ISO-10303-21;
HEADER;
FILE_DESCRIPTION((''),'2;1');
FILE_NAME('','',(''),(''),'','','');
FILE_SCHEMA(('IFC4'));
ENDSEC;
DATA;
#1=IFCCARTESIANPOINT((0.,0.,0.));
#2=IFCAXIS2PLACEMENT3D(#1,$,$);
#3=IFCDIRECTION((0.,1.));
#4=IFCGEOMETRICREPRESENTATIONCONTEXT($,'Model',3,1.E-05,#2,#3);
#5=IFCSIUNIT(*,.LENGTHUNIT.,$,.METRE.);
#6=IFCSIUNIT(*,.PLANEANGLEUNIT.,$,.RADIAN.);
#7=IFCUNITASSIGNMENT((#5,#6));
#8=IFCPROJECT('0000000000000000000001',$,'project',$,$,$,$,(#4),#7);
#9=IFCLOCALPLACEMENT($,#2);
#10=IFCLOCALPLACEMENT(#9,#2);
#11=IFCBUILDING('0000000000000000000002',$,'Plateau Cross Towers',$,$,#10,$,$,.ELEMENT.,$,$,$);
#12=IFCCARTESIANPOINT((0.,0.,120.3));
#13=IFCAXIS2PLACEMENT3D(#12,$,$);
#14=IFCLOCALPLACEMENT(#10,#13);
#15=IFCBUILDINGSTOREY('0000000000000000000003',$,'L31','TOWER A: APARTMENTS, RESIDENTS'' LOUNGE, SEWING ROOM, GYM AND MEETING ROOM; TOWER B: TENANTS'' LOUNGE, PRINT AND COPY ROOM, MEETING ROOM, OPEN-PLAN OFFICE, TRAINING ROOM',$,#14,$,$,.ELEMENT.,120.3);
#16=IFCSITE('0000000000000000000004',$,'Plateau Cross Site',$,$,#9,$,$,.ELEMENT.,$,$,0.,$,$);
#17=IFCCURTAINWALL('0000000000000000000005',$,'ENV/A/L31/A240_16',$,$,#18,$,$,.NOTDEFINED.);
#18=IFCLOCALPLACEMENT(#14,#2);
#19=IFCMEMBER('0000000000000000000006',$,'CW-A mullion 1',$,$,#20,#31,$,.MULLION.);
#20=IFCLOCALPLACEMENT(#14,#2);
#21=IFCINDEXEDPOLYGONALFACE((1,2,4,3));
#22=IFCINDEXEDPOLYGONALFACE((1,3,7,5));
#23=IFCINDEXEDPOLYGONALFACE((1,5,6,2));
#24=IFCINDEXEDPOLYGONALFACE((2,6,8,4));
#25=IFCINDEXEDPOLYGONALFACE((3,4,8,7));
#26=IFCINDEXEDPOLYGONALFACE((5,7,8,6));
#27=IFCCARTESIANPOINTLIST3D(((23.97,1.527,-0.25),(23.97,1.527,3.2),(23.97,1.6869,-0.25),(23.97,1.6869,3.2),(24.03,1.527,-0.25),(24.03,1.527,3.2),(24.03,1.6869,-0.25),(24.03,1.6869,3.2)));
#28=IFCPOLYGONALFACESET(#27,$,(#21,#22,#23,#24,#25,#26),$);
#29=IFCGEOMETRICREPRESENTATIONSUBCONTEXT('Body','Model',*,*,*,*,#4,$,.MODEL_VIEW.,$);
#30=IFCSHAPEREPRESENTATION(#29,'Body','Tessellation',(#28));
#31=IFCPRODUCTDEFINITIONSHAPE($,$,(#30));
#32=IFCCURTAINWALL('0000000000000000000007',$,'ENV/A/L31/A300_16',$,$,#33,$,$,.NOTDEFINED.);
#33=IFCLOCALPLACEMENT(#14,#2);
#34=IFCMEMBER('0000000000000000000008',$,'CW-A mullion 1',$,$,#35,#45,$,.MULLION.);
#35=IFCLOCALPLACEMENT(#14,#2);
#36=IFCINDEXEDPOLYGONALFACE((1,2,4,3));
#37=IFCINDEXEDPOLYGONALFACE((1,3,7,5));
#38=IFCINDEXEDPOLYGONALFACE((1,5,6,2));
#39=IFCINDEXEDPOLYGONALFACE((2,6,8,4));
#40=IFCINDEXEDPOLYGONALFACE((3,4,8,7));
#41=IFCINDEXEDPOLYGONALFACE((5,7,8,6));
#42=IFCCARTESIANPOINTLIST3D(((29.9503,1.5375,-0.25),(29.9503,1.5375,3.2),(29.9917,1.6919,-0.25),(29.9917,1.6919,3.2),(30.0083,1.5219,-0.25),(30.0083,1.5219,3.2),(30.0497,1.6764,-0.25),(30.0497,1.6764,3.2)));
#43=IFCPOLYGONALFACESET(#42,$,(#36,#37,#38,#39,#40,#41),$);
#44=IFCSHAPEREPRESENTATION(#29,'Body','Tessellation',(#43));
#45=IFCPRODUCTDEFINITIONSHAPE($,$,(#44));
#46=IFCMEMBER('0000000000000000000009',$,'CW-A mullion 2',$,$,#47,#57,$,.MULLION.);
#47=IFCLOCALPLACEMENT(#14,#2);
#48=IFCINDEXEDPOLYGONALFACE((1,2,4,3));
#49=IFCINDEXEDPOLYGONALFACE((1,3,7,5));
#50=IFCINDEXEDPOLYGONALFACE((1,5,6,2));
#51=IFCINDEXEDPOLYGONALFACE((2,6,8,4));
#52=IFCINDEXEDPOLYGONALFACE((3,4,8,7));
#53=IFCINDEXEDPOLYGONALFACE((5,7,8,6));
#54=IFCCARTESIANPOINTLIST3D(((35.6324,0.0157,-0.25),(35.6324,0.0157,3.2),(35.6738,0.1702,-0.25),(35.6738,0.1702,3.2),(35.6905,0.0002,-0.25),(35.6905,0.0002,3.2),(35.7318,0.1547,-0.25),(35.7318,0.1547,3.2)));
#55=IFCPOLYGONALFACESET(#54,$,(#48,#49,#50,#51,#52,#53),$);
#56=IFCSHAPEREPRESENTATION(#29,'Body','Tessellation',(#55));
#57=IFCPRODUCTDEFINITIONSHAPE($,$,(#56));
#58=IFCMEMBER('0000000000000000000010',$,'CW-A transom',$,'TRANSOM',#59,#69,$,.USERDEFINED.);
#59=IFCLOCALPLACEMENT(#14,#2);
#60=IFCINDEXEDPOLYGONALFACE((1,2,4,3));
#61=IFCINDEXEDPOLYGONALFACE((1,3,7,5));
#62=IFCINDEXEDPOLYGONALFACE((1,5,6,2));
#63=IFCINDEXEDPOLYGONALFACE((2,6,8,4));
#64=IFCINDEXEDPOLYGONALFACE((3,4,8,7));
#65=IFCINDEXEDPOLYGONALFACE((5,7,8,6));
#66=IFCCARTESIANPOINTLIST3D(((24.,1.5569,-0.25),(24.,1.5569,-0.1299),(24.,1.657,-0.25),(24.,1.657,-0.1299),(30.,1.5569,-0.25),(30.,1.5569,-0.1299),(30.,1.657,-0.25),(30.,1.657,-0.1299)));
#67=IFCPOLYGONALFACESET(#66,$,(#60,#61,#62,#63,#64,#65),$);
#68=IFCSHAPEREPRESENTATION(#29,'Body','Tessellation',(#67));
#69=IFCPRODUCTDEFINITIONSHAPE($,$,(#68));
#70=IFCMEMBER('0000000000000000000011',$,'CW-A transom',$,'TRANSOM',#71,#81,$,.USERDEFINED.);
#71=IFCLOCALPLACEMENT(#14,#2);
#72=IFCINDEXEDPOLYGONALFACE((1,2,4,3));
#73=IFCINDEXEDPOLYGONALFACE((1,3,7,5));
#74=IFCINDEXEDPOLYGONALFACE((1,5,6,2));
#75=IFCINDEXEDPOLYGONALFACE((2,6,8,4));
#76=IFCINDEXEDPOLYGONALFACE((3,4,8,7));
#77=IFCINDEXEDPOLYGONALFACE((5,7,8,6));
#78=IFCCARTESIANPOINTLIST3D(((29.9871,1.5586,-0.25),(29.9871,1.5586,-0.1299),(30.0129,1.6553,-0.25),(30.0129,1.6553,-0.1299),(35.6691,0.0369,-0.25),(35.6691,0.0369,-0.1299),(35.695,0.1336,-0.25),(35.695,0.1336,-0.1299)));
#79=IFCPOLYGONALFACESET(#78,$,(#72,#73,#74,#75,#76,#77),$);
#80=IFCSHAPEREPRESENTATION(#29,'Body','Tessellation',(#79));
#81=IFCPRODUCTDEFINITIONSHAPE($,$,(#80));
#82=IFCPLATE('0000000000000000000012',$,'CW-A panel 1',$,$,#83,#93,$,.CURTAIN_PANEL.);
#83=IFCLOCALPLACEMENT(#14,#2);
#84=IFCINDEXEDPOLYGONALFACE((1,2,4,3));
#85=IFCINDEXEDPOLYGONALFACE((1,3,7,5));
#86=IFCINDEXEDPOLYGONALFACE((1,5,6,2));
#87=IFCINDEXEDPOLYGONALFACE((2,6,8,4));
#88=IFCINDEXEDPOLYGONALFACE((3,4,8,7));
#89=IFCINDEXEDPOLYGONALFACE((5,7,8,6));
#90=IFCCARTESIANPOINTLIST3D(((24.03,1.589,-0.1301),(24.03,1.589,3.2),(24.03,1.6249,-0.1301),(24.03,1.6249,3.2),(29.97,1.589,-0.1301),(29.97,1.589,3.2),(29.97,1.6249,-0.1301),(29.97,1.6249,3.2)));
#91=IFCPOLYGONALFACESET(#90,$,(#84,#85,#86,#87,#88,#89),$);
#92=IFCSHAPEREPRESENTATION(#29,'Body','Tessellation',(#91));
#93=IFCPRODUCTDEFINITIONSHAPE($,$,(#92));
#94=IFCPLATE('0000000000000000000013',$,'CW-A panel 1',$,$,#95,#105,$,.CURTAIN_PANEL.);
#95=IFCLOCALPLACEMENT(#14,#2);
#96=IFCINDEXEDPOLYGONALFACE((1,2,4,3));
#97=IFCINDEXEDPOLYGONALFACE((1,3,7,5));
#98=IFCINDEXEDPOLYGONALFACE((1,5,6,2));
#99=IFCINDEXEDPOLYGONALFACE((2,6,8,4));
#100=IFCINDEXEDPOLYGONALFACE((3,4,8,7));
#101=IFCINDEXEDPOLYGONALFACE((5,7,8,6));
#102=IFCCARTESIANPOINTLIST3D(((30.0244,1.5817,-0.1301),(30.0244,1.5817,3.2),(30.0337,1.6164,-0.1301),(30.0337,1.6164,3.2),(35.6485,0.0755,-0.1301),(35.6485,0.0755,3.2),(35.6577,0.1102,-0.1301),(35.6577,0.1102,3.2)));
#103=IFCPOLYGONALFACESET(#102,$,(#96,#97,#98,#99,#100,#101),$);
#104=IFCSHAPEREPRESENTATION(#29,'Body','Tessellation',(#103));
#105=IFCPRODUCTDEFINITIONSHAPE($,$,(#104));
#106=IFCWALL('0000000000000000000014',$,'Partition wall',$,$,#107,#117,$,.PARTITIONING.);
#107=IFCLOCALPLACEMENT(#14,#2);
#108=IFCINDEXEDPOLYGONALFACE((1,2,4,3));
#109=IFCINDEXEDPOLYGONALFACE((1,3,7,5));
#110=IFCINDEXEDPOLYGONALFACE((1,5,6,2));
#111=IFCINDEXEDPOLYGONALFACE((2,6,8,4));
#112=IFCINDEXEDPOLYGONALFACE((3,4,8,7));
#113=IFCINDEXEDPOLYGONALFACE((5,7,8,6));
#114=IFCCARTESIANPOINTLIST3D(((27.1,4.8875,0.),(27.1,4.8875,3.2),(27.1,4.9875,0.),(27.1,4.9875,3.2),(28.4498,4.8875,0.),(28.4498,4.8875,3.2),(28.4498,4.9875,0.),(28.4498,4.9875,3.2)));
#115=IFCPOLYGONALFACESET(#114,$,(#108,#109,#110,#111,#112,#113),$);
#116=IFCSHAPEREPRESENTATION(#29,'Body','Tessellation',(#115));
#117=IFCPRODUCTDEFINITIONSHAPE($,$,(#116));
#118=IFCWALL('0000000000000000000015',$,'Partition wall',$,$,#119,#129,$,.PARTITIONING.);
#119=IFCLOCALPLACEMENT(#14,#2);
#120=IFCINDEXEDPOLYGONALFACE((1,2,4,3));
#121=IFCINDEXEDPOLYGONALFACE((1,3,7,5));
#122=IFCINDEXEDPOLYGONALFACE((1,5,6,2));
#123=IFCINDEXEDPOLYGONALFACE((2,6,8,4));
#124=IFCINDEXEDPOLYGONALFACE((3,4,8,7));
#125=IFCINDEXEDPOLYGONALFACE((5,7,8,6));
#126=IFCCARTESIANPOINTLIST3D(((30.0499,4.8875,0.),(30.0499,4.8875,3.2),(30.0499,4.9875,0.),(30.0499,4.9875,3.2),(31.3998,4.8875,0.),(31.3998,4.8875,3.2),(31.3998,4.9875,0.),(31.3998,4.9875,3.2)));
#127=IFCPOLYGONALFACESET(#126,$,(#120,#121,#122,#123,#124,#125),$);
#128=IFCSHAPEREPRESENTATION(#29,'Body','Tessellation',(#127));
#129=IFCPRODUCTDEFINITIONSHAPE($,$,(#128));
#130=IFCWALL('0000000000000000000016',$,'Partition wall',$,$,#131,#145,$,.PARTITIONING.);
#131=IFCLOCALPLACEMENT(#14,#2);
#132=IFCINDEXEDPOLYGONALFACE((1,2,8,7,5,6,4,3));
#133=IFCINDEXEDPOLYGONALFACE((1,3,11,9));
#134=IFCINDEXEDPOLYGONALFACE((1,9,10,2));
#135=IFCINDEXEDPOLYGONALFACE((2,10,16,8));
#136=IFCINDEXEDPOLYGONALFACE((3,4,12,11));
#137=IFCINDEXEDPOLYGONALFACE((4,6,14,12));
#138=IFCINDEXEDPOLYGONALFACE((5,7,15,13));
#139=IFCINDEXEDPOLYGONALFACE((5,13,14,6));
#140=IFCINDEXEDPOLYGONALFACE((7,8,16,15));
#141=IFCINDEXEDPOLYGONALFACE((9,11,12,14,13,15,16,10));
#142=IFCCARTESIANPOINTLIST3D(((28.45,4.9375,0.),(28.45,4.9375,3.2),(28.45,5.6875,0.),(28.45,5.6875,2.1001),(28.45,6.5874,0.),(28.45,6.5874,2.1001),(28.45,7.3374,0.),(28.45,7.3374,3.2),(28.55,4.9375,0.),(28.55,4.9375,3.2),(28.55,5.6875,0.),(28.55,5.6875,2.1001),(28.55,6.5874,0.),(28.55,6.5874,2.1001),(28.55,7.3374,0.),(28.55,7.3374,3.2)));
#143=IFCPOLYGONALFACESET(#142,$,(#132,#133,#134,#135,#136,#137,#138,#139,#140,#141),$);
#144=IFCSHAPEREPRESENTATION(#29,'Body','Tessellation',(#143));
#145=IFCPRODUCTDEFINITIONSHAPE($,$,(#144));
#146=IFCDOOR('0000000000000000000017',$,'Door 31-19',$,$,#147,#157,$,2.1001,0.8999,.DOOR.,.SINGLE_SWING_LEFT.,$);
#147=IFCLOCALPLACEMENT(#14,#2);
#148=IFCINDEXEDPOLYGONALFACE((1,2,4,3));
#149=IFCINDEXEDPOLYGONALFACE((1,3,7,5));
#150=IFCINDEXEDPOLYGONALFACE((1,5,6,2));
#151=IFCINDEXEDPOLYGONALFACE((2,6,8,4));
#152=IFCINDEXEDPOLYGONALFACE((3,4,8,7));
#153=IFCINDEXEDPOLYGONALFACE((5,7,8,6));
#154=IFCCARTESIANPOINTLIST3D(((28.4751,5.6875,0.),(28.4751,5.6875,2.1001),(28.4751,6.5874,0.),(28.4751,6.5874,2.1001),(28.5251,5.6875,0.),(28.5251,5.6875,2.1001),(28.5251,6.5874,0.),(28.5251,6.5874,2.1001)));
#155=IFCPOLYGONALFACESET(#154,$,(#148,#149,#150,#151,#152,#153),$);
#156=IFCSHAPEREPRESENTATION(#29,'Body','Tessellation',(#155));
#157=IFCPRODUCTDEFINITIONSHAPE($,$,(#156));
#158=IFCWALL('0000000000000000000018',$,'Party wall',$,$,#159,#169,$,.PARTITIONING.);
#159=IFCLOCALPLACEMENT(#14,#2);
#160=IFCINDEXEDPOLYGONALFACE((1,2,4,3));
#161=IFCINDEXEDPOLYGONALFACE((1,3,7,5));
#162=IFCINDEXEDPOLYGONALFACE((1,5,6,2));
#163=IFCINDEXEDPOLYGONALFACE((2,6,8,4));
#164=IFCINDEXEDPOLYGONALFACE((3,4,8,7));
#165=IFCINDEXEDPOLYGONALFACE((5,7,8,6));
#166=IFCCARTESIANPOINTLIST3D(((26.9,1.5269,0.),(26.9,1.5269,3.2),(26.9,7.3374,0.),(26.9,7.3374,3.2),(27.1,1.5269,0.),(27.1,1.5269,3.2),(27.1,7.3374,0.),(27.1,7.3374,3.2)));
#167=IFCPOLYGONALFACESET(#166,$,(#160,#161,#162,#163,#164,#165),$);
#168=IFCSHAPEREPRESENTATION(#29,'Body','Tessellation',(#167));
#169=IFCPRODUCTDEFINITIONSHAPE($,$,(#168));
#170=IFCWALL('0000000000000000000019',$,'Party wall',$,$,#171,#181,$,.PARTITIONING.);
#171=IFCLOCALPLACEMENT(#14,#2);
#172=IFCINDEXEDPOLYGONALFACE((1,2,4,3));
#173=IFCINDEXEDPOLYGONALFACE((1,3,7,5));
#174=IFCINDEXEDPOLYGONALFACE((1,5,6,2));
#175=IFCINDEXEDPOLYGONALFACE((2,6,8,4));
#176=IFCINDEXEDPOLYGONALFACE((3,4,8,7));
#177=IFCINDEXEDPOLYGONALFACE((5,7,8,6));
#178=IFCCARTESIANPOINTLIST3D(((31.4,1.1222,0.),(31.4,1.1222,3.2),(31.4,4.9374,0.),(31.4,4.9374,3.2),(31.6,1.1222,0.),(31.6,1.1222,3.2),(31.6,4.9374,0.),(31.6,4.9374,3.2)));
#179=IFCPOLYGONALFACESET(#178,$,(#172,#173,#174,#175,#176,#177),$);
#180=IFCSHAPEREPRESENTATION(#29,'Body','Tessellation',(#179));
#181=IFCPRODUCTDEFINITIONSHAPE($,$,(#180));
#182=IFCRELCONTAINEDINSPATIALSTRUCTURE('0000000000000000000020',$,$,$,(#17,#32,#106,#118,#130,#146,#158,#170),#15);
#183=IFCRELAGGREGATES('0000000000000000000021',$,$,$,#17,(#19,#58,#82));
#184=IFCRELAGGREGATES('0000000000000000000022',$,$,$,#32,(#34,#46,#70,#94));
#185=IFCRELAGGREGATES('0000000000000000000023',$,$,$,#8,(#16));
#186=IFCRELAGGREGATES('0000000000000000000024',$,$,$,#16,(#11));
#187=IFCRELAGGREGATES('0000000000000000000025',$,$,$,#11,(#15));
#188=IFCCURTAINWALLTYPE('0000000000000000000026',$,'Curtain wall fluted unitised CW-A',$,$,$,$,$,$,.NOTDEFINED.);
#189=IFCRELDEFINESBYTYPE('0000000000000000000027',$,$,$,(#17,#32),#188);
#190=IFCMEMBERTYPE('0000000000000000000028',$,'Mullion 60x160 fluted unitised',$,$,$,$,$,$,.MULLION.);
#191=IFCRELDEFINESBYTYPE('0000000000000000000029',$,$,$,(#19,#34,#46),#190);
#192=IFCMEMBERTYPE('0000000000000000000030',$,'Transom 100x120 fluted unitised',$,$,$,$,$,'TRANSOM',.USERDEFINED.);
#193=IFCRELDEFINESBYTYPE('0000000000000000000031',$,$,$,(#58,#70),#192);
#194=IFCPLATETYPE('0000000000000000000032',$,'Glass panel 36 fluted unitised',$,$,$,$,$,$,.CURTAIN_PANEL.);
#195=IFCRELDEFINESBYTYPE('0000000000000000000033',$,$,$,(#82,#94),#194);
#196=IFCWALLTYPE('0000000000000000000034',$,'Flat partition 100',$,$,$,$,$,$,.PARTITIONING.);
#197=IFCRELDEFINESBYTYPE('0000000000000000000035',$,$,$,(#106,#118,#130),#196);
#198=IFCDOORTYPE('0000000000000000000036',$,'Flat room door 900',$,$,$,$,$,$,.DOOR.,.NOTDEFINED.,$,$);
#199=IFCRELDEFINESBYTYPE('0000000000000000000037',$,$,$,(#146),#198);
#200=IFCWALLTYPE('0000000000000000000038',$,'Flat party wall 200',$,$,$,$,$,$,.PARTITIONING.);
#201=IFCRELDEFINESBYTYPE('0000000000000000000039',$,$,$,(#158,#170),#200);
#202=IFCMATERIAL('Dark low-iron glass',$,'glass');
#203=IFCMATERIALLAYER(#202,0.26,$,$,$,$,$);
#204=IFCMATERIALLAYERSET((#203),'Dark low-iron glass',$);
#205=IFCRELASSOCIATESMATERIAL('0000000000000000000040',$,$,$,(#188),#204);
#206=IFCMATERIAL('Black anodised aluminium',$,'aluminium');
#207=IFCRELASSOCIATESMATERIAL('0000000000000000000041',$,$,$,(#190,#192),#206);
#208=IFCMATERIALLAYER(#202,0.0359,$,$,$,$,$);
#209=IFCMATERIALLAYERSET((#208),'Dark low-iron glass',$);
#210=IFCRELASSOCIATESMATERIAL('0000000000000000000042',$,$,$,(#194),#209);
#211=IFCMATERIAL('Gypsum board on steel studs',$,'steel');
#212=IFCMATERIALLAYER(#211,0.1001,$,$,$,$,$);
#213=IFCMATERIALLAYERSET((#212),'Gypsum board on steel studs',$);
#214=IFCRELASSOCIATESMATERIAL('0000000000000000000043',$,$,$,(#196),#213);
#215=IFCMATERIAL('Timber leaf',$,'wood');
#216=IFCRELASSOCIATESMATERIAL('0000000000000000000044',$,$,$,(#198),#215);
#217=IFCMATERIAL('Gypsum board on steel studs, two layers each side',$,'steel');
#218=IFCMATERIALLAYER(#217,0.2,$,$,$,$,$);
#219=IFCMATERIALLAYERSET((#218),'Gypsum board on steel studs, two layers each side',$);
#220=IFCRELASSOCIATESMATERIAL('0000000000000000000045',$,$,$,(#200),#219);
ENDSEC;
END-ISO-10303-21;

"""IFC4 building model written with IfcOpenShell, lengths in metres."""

from ifc_helpers import new_model, si_unit, direction, frame, frame_2d, origin, origin_2d, place, context, subcontext, project, spatial, rectangle, extrude, material, layer, layer_set, material_profile, profile_set, type_object, element, fill, aggregate, save


model = new_model("IFC4")

# Units and contexts
model_context = context("Model", 3, precision=1e-05, world=origin(), true_north=direction((0.0, 1.0)))
body_context = subcontext(model_context, "Body", "Model", "MODEL_VIEW")
ifc_project = project(units=[si_unit("LENGTHUNIT", "METRE"), si_unit("PLANEANGLEUNIT", "RADIAN")], contexts=[model_context])

# Site, building, storey
site_placement = place(None, origin())
site = spatial("IfcSite", under=ifc_project, at=site_placement, Name="Plateau Cross Site", CompositionType="ELEMENT", RefElevation=0.0)
building_placement = place(site_placement, origin())
building = spatial("IfcBuilding", under=site, at=building_placement, Name="Plateau Cross Towers", CompositionType="ELEMENT")
storey_placement = place(building_placement, frame((0.0, 0.0, 120.3)))
storey = spatial("IfcBuildingStorey", under=building, at=storey_placement, Name="L31", Description="TOWER A: APARTMENTS, RESIDENTS' LOUNGE, SEWING ROOM, GYM AND MEETING ROOM; TOWER B: TENANTS' LOUNGE, PRINT AND COPY ROOM, MEETING ROOM, OPEN-PLAN OFFICE, TRAINING ROOM", CompositionType="ELEMENT", Elevation=120.3)

# Curtain wall, member
ifc_material_1 = material(Name="Dark low-iron glass", Category="glass")
ifc_layer_1 = layer(ifc_material_1, 0.26)
ifc_layer_set_1 = layer_set([ifc_layer_1], Name="Dark low-iron glass")
curtain_wall_type = type_object("IfcCurtainWallType", Name="Curtain wall fluted unitised CW-A", PredefinedType="NOTDEFINED", material=ifc_layer_set_1)
curtain_wall_1_placement = place(storey_placement, origin())
curtain_wall_1 = element("IfcCurtainWall", 1, at=curtain_wall_1_placement, inside=storey, type_object=curtain_wall_type, Name="ENV/A/L31/A240_16", PredefinedType="NOTDEFINED")
ifc_material_2 = material(Name="Black anodised aluminium", Category="aluminium")
ifc_material_profile_1 = material_profile(ifc_material_2, rectangle(XDim=0.0601, YDim=0.1599, at=origin_2d()), Name="MULLION 60x160")
ifc_profile_set_1 = profile_set([ifc_material_profile_1], Name="Black anodised aluminium")
member_type_1 = type_object("IfcMemberType", Name="Mullion 60x160 fluted unitised", PredefinedType="MULLION", material=ifc_profile_set_1)
member_1_placement = place(storey_placement, frame((24.0, 1.6069, -0.25), z_axis=(0.0, 0.0, 1.0), x_axis=(1.0, 0.0, 0.0)))
member_1 = element("IfcMember", 2, at=member_1_placement, type_object=member_type_1, Name="CW-A mullion 1", PredefinedType="MULLION", context=body_context, shape_type="SweptSolid", body=[
    extrude(rectangle(XDim=0.0601, YDim=0.1599, at=origin_2d()), origin(), (0.0, 0.0, 1.0), 3.45),
])

# Curtain wall, members
curtain_wall_2_placement = place(storey_placement, origin())
curtain_wall_2 = element("IfcCurtainWall", 3, at=curtain_wall_2_placement, inside=storey, type_object=curtain_wall_type, Name="ENV/A/L31/A300_16", PredefinedType="NOTDEFINED")
member_2_placement = place(storey_placement, frame((30.0, 1.6069, -0.25), z_axis=(0.0, 0.0, 1.0), x_axis=(0.965958, -0.258699, 0.0)))
member_2 = element("IfcMember", 4, at=member_2_placement, type_object=member_type_1, Name="CW-A mullion 1", PredefinedType="MULLION", context=body_context, shape_type="SweptSolid", body=[
    extrude(rectangle(XDim=0.0601, YDim=0.1599, at=origin_2d()), origin(), (0.0, 0.0, 1.0), 3.45),
])
member_3_placement = place(storey_placement, frame((35.6821, 0.0852, -0.25), z_axis=(0.0, 0.0, 1.0), x_axis=(0.965958, -0.258699, 0.0)))
member_3 = element("IfcMember", 5, at=member_3_placement, type_object=member_type_1, Name="CW-A mullion 2", PredefinedType="MULLION", context=body_context, shape_type="SweptSolid", body=[
    extrude(rectangle(XDim=0.0601, YDim=0.1599, at=origin_2d()), origin(), (0.0, 0.0, 1.0), 3.45),
])

# Members
ifc_material_profile_2 = material_profile(ifc_material_2, rectangle(XDim=0.1001, YDim=0.1201, at=origin_2d()), Name="TRANSOM 100x120")
ifc_profile_set_2 = profile_set([ifc_material_profile_2], Name="Black anodised aluminium")
member_type_2 = type_object("IfcMemberType", Name="Transom 100x120 fluted unitised", ElementType="TRANSOM", PredefinedType="USERDEFINED", material=ifc_profile_set_2)
member_4_placement = place(storey_placement, frame((24.0, 1.6069, -0.1899), z_axis=(1.0, 0.0, 0.0), x_axis=(0.0, 1.0, 0.0)))
member_4 = element("IfcMember", 6, at=member_4_placement, type_object=member_type_2, Name="CW-A transom", ObjectType="TRANSOM", PredefinedType="USERDEFINED", context=body_context, shape_type="SweptSolid", body=[
    extrude(rectangle(XDim=0.1001, YDim=0.1201, at=origin_2d()), origin(), (0.0, 0.0, 1.0), 6.0),
])
member_5_placement = place(storey_placement, frame((30.0, 1.6069, -0.1899), z_axis=(0.96596, -0.258693, 0.0), x_axis=(0.258693, 0.96596, 0.0)))
member_5 = element("IfcMember", 7, at=member_5_placement, type_object=member_type_2, Name="CW-A transom", ObjectType="TRANSOM", PredefinedType="USERDEFINED", context=body_context, shape_type="SweptSolid", body=[
    extrude(rectangle(XDim=0.1001, YDim=0.1201, at=origin_2d()), origin(), (0.0, 0.0, 1.0), 5.8823),
])

# Plates
ifc_layer_2 = layer(ifc_material_1, 0.0359)
ifc_layer_set_2 = layer_set([ifc_layer_2], Name="Dark low-iron glass")
plate_type = type_object("IfcPlateType", Name="Glass panel 36 fluted unitised", PredefinedType="CURTAIN_PANEL", material=ifc_layer_set_2)
plate_1_placement = place(storey_placement, frame((27.0, 1.6069, -0.1301), z_axis=(0.0, 0.0, 1.0), x_axis=(1.0, 0.0, 0.0)))
plate_1 = element("IfcPlate", 8, at=plate_1_placement, type_object=plate_type, Name="CW-A panel 1", PredefinedType="CURTAIN_PANEL", context=body_context, shape_type="SweptSolid", body=[
    extrude(rectangle(XDim=5.9399, YDim=0.0359, at=origin_2d()), origin(), (0.0, 0.0, 1.0), 3.3301),
])
aggregate(curtain_wall_1, [member_1, member_4, plate_1])
plate_2_placement = place(storey_placement, frame((32.8411, 0.8459, -0.1301), z_axis=(0.0, 0.0, 1.0), x_axis=(0.965958, -0.258699, 0.0)))
plate_2 = element("IfcPlate", 9, at=plate_2_placement, type_object=plate_type, Name="CW-A panel 1", PredefinedType="CURTAIN_PANEL", context=body_context, shape_type="SweptSolid", body=[
    extrude(rectangle(XDim=5.8223, YDim=0.0359, at=origin_2d()), origin(), (0.0, 0.0, 1.0), 3.3301),
])
aggregate(curtain_wall_2, [member_2, member_3, member_5, plate_2])

# Walls
ifc_material_3 = material(Name="Gypsum board on steel studs", Category="steel")
ifc_layer_3 = layer(ifc_material_3, 0.1001)
ifc_layer_set_3 = layer_set([ifc_layer_3], Name="Gypsum board on steel studs")
wall_type_1 = type_object("IfcWallType", Name="Flat partition 100", PredefinedType="PARTITIONING", material=ifc_layer_set_3)
for number, where, z_axis, x_axis, name in (
    (10, (27.1001, 4.9375, 0.0), (0.0, 0.0, 1.0), (1.0, 0.0, 0.0), "Partition wall"),
    (11, (30.05, 4.9375, 0.0), (0.0, 0.0, 1.0), (1.0, 0.0, 0.0), "Partition wall"),
):
    element("IfcWall", number, at=place(storey_placement, frame(where, z_axis=z_axis, x_axis=x_axis)), inside=storey, type_object=wall_type_1, Name=name, PredefinedType="PARTITIONING", context=body_context, shape_type="SweptSolid", body=[
        extrude(rectangle(XDim=1.3499, YDim=0.1001, at=frame_2d((0.6748, 0.0))), origin(), (0.0, 0.0, 1.0), 3.2),
    ])

# Wall, opening, door
wall_1_placement = place(storey_placement, frame((28.5, 4.9375, 0.0), z_axis=(0.0, 0.0, 1.0), x_axis=(0.0, 1.0, 0.0)))
wall_1 = element("IfcWall", 12, at=wall_1_placement, inside=storey, type_object=wall_type_1, Name="Partition wall", PredefinedType="PARTITIONING", context=body_context, shape_type="SweptSolid", body=[
    extrude(rectangle(XDim=2.3999, YDim=0.1001, at=frame_2d((1.2, 0.0))), origin(), (0.0, 0.0, 1.0), 3.2),
])
opening_placement = place(wall_1_placement, frame((0.75, 0.0, 0.0)))
opening = element("IfcOpeningElement", 13, at=opening_placement, cuts=wall_1, PredefinedType="OPENING", context=body_context, shape_type="SweptSolid", body=[
    extrude(rectangle(XDim=0.8999, YDim=2.1001, at=frame_2d((0.45, 1.05))), frame((0.0, 0.0601, 0.0), z_axis=(0.0, -1.0, 0.0), x_axis=(1.0, 0.0, 0.0)), (0.0, 0.0, 1.0), 0.1201),
])
ifc_material_4 = material(Name="Timber leaf", Category="wood")
door_type = type_object("IfcDoorType", Name="Flat room door 900", OperationType="NOTDEFINED", PredefinedType="DOOR", material=ifc_material_4)
door_placement = place(opening_placement, origin())
door = element("IfcDoor", 14, at=door_placement, inside=storey, type_object=door_type, Name="Door 31-19", OperationType="SINGLE_SWING_LEFT", OverallHeight=2.1001, OverallWidth=0.8999, PredefinedType="DOOR", context=body_context, shape_type="SweptSolid", body=[
    extrude(rectangle(XDim=0.8999, YDim=2.1001, at=frame_2d((0.45, 1.05))), frame((0.0, 0.0249, 0.0), z_axis=(0.0, -1.0, 0.0), x_axis=(1.0, 0.0, 0.0)), (0.0, 0.0, 1.0), 0.05),
])
fill(opening, door)

# Walls
ifc_material_5 = material(Name="Gypsum board on steel studs, two layers each side", Category="steel")
ifc_layer_4 = layer(ifc_material_5, 0.2)
ifc_layer_set_4 = layer_set([ifc_layer_4], Name="Gypsum board on steel studs, two layers each side")
wall_type_2 = type_object("IfcWallType", Name="Flat party wall 200", PredefinedType="PARTITIONING", material=ifc_layer_set_4)
wall_2_placement = place(storey_placement, frame((27.0, 1.5269, 0.0), z_axis=(0.0, 0.0, 1.0), x_axis=(0.0, 1.0, 0.0)))
element("IfcWall", 15, at=wall_2_placement, inside=storey, type_object=wall_type_2, Name="Party wall", PredefinedType="PARTITIONING", context=body_context, shape_type="SweptSolid", body=[
    extrude(rectangle(XDim=5.8105, YDim=0.2, at=frame_2d((2.9053, 0.0))), origin(), (0.0, 0.0, 1.0), 3.2),
])
wall_3_placement = place(storey_placement, frame((31.5, 4.9375, 0.0), z_axis=(0.0, 0.0, 1.0), x_axis=(0.0, -1.0, 0.0)))
element("IfcWall", 16, at=wall_3_placement, inside=storey, type_object=wall_type_2, Name="Party wall", PredefinedType="PARTITIONING", context=body_context, shape_type="SweptSolid", body=[
    extrude(rectangle(XDim=3.8152, YDim=0.2, at=frame_2d((1.9077, 0.0))), origin(), (0.0, 0.0, 1.0), 3.2),
])

save(model, "model.ifc")
